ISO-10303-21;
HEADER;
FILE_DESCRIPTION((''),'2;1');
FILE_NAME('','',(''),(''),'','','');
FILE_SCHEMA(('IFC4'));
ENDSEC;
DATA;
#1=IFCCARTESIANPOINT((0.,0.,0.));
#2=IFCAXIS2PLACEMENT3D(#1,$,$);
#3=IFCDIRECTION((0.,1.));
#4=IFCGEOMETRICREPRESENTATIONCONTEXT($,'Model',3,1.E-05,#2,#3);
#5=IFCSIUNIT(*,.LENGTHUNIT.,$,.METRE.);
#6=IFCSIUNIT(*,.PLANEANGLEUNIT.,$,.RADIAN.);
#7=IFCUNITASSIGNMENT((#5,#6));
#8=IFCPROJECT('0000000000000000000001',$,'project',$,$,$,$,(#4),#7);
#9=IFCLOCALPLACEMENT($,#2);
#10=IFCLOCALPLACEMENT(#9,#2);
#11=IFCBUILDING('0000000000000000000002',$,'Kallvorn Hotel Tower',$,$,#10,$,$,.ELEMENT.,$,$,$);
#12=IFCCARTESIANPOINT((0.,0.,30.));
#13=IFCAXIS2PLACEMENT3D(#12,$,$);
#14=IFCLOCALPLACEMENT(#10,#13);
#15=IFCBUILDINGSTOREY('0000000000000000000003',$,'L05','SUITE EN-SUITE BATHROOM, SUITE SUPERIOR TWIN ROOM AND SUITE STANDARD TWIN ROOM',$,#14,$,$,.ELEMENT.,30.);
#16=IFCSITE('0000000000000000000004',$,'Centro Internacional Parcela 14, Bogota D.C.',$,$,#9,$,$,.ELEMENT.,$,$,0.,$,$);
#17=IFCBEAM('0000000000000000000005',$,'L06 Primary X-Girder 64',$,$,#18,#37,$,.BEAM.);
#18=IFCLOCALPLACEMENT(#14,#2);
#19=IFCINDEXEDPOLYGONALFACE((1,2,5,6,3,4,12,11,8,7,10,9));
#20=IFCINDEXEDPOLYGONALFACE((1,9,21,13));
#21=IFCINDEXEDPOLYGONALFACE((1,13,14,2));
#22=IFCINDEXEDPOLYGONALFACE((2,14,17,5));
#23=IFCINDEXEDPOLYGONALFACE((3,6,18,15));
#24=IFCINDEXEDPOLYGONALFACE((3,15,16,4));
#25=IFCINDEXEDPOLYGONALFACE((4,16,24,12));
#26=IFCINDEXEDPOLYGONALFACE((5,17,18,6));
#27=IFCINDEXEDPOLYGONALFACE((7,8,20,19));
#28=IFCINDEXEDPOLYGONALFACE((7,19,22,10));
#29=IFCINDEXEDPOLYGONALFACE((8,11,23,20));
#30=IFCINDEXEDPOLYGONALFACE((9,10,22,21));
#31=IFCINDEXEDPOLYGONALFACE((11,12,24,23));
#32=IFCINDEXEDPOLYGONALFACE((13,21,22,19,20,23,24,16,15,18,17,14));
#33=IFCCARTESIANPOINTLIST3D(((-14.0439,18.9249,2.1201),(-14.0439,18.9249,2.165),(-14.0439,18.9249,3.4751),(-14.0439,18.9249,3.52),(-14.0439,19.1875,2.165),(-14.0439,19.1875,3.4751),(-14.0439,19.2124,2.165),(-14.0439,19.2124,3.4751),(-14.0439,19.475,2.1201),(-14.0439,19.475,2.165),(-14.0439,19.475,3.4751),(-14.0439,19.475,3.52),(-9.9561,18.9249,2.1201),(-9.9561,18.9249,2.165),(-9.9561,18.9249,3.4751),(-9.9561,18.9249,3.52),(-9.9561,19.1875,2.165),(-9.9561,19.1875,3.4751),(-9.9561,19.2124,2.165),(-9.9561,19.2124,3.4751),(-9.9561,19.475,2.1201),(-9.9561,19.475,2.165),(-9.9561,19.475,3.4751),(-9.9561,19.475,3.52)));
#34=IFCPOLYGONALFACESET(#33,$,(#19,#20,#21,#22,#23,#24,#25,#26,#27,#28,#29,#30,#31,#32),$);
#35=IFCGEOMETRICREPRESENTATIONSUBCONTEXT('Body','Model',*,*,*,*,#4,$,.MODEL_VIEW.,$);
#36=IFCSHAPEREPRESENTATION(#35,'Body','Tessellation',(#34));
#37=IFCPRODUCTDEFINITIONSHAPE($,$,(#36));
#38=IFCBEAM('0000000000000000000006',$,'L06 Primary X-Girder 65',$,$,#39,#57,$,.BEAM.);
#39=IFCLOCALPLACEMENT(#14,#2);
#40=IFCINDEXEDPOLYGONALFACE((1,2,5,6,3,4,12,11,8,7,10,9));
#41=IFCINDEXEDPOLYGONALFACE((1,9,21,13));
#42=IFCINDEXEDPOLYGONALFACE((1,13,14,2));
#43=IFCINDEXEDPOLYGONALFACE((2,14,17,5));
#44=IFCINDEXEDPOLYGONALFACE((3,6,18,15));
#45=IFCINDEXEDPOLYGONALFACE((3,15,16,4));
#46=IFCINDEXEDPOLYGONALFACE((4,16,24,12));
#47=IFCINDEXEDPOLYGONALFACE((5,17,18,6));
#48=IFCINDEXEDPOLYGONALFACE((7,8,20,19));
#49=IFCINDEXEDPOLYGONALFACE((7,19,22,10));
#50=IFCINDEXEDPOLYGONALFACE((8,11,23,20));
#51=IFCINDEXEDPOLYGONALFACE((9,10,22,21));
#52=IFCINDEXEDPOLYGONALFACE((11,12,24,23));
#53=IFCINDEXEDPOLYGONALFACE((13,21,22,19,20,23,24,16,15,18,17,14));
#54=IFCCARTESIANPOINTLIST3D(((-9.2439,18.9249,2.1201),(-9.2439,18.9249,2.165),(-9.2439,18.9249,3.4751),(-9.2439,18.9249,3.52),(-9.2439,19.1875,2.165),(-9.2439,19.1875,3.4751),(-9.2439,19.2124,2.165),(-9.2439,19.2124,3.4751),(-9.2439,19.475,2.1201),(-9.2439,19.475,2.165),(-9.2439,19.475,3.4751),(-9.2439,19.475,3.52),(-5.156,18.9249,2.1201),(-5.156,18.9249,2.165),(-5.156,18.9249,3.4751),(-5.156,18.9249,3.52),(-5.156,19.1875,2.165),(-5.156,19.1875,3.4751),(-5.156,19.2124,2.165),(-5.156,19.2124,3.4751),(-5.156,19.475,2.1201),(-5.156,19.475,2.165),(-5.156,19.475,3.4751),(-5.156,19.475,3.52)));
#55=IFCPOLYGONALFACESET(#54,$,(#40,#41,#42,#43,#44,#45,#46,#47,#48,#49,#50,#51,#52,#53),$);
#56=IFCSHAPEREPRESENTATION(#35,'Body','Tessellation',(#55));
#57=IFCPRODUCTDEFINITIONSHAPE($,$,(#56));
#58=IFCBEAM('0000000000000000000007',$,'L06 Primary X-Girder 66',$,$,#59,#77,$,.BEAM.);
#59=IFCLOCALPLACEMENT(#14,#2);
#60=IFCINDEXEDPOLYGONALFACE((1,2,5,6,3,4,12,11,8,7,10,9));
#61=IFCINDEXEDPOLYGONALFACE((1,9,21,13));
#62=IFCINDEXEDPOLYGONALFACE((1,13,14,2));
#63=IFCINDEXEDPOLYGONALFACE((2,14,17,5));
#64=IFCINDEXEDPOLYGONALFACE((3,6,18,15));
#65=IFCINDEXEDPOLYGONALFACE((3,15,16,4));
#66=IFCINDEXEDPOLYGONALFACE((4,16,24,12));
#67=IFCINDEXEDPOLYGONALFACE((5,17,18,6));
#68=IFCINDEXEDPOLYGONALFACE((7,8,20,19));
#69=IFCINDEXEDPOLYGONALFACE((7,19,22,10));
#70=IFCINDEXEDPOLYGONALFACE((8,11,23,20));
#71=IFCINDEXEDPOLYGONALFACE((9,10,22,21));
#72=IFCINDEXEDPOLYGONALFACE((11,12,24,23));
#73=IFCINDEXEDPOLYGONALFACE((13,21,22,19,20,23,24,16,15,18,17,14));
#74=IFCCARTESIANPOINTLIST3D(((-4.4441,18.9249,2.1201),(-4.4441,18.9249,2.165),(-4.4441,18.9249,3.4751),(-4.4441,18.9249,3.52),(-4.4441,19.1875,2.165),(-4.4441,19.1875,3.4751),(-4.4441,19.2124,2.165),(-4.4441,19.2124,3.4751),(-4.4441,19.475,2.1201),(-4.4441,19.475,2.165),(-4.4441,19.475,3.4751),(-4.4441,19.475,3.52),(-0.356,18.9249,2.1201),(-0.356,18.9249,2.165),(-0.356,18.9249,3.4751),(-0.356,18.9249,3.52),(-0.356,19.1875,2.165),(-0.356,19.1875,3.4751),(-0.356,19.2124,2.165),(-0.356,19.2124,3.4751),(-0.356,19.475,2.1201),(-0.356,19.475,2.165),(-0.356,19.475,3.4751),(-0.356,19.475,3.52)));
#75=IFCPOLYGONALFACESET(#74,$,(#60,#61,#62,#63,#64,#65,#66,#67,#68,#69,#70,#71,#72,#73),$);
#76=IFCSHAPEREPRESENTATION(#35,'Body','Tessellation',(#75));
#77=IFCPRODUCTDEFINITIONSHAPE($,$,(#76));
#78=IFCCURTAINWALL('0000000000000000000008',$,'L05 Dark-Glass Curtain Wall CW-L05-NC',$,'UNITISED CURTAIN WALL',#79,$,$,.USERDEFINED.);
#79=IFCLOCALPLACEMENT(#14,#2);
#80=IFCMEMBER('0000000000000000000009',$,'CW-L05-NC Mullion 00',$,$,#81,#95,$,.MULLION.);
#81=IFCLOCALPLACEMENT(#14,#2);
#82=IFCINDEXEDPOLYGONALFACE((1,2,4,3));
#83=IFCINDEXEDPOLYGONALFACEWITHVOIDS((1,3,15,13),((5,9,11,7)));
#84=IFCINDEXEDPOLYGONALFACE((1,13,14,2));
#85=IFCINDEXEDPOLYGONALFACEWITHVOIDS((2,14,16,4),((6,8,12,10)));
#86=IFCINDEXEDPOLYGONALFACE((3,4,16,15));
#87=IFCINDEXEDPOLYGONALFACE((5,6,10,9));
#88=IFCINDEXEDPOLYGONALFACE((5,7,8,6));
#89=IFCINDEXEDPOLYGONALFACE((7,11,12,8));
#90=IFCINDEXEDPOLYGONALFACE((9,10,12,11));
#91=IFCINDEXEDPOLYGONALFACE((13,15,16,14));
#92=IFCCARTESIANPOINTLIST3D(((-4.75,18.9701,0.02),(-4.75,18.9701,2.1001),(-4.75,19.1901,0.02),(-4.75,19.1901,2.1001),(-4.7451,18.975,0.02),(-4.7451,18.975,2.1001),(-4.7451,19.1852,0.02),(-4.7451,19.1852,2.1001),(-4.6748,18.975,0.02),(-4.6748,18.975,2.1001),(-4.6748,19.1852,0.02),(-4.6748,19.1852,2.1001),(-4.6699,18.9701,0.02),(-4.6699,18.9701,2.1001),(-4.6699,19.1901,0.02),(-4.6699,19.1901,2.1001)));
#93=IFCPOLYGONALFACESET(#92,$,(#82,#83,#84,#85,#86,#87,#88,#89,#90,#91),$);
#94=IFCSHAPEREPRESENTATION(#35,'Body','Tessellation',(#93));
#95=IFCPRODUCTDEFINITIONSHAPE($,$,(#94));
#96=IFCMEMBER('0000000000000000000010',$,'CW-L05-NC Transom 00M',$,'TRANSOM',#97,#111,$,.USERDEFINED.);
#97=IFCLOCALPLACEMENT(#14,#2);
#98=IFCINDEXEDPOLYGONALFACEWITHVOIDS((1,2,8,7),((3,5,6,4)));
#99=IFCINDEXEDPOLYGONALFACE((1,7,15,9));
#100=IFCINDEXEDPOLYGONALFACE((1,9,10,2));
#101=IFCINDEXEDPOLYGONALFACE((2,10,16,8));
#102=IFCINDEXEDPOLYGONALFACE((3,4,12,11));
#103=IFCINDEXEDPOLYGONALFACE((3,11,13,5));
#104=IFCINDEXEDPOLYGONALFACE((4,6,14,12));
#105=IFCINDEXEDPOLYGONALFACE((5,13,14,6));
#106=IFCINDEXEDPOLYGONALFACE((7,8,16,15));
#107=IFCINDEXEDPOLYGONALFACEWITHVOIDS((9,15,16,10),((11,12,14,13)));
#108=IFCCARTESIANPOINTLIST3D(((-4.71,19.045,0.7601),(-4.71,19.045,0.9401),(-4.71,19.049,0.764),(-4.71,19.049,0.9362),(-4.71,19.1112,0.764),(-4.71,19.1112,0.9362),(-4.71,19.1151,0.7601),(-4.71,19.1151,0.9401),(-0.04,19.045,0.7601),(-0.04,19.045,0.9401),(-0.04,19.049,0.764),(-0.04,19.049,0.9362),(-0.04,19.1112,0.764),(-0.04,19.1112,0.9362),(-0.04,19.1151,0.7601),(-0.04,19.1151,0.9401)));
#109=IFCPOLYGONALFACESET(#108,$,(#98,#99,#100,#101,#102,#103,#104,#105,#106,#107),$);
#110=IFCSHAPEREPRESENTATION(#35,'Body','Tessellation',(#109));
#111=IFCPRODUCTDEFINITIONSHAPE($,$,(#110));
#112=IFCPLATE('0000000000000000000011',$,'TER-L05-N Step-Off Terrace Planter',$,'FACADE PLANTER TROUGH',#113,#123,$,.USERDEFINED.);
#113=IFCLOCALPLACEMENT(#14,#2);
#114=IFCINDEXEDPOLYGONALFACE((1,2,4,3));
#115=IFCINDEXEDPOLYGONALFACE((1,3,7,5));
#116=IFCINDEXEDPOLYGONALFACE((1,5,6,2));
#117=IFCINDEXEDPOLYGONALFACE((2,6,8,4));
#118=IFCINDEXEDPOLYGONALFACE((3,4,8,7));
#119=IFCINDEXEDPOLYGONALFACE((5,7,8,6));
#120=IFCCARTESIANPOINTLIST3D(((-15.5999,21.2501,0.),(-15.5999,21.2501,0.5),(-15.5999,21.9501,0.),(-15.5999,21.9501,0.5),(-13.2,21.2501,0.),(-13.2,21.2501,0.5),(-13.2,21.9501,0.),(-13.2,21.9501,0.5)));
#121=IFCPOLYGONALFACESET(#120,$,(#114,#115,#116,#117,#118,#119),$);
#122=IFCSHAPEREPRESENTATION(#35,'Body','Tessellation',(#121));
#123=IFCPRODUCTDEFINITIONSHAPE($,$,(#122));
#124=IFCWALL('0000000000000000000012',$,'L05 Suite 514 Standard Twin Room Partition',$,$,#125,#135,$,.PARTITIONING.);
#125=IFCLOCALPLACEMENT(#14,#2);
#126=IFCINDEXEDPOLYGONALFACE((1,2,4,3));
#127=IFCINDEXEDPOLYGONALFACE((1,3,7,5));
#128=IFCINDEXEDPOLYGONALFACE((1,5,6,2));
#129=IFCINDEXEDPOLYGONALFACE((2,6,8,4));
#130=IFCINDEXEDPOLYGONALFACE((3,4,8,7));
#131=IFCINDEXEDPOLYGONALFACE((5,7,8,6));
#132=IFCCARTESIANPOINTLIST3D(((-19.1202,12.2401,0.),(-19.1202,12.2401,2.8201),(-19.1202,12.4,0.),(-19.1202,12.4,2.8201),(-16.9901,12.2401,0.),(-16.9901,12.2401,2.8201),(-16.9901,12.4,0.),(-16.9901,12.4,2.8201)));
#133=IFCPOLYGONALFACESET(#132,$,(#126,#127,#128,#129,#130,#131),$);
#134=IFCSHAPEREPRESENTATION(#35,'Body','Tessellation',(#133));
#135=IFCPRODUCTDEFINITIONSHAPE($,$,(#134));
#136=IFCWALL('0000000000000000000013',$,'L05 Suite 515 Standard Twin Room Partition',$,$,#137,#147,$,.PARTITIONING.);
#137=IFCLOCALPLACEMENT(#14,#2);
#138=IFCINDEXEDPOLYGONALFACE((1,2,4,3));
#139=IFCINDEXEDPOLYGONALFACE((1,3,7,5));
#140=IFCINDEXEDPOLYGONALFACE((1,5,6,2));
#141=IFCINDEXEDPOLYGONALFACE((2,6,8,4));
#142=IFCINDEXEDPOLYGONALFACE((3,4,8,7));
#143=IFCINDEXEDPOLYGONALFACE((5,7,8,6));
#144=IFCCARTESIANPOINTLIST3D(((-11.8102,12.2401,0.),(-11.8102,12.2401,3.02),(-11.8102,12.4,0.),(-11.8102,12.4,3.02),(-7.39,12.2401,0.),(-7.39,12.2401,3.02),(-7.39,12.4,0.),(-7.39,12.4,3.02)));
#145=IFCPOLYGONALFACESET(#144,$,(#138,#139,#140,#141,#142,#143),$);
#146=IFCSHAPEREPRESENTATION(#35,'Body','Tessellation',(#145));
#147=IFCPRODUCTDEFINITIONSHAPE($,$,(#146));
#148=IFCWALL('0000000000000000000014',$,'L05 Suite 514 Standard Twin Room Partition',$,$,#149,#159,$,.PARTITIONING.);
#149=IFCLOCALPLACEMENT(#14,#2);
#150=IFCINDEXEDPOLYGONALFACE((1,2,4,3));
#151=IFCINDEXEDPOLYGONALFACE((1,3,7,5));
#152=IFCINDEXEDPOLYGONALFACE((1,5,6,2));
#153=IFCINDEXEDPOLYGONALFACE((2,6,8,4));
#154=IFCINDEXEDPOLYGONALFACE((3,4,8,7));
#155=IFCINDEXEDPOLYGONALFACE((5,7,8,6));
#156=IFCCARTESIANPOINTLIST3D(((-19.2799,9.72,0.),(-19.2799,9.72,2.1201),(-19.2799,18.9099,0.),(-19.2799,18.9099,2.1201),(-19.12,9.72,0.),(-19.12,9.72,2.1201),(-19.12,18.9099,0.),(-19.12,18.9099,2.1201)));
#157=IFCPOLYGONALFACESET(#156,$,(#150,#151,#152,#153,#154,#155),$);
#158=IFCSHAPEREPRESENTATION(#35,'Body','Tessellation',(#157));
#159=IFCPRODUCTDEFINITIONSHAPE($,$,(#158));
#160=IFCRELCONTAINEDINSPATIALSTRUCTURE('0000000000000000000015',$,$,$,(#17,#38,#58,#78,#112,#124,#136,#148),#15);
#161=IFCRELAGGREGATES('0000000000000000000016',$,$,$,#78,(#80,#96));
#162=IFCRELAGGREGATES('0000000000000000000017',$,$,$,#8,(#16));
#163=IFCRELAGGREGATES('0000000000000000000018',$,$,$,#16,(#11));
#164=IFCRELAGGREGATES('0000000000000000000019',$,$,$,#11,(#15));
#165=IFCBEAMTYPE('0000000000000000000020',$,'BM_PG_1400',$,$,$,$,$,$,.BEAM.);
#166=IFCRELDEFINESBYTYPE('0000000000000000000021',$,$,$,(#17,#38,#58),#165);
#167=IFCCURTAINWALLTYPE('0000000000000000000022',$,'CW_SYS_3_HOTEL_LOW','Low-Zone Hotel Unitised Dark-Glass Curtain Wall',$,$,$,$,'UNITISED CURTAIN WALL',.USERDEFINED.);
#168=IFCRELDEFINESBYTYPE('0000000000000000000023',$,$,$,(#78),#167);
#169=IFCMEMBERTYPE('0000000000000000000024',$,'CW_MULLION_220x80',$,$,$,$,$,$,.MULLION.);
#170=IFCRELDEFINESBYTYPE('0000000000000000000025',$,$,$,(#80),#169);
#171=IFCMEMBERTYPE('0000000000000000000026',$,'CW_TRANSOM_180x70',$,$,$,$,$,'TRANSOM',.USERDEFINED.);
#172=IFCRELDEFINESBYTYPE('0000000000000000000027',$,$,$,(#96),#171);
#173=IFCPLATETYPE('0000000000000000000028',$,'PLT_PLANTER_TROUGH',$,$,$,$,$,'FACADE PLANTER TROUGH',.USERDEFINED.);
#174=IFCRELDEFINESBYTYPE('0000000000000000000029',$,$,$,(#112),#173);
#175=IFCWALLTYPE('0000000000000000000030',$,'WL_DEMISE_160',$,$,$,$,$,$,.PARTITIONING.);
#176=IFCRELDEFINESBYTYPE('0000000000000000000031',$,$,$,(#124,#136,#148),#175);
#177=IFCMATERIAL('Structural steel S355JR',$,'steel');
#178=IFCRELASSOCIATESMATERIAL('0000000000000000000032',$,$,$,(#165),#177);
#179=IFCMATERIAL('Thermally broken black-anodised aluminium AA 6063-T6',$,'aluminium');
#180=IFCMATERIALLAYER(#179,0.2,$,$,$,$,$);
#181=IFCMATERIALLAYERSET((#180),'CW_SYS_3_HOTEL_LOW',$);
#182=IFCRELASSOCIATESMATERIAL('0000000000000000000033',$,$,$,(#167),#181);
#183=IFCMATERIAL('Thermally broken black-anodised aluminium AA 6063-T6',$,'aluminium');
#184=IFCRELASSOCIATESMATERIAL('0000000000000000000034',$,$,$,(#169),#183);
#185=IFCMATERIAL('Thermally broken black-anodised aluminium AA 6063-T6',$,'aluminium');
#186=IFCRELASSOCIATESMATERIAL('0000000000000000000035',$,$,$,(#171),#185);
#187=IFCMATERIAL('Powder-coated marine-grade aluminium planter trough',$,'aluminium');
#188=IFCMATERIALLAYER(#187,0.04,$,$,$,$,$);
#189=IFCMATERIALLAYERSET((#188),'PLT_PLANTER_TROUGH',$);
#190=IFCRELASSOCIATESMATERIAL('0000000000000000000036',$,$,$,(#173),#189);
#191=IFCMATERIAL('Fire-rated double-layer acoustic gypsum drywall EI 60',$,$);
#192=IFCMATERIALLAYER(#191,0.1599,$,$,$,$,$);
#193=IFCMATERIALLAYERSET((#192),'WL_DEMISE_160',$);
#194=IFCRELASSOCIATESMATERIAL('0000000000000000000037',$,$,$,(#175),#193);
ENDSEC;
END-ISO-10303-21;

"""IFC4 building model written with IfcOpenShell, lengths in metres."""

from ifc_helpers import new_model, si_unit, direction, frame, frame_2d, origin, origin_2d, place, context, subcontext, project, spatial, rectangle, hollow_rectangle, i_section, extrude, material, layer, layer_set, material_profile, profile_set, type_object, element, aggregate, save


model = new_model("IFC4")

# Units and contexts
model_context = context("Model", 3, precision=1e-05, world=origin(), true_north=direction((0.0, 1.0)))
body_context = subcontext(model_context, "Body", "Model", "MODEL_VIEW")
ifc_project = project(units=[si_unit("LENGTHUNIT", "METRE"), si_unit("PLANEANGLEUNIT", "RADIAN")], contexts=[model_context])

# Site, building, storey
site_placement = place(None, origin())
site = spatial("IfcSite", under=ifc_project, at=site_placement, Name="Centro Internacional Parcela 14, Bogota D.C.", CompositionType="ELEMENT", RefElevation=0.0)
building_placement = place(site_placement, origin())
building = spatial("IfcBuilding", under=site, at=building_placement, Name="Kallvorn Hotel Tower", CompositionType="ELEMENT")
storey_placement = place(building_placement, frame((0.0, 0.0, 30.0)))
storey = spatial("IfcBuildingStorey", under=building, at=storey_placement, Name="L05", Description="SUITE EN-SUITE BATHROOM, SUITE SUPERIOR TWIN ROOM AND SUITE STANDARD TWIN ROOM", CompositionType="ELEMENT", Elevation=30.0)

# Beams
ifc_material_1 = material(Name="Structural steel S355JR", Category="steel")
ifc_material_profile_1 = material_profile(ifc_material_1, i_section(OverallWidth=0.55, OverallDepth=1.3999, WebThickness=0.0249, FlangeThickness=0.0449, at=origin_2d()), Name="PG 1400x550x25x45")
ifc_profile_set_1 = profile_set([ifc_material_profile_1], Name="Structural steel S355JR")
beam_type_1 = type_object("IfcBeamType", Name="BM_PG_1400", PredefinedType="BEAM", material=ifc_profile_set_1)
for number, where, z_axis, x_axis, name in (
    (1, (-14.0439, 19.2, 2.8201), (1.0, 0.0, 0.0), (0.0, 1.0, 0.0), "L06 Primary X-Girder 64"),
    (2, (-9.2439, 19.2, 2.8201), (1.0, 0.0, 0.0), (0.0, 1.0, 0.0), "L06 Primary X-Girder 65"),
):
    element("IfcBeam", number, at=place(storey_placement, frame(where, z_axis=z_axis, x_axis=x_axis)), inside=storey, type_object=beam_type_1, Name=name, PredefinedType="BEAM", context=body_context, shape_type="SweptSolid", body=[
        extrude(i_section(OverallWidth=0.55, OverallDepth=1.3999, WebThickness=0.0249, FlangeThickness=0.0449, at=origin_2d()), origin(), (0.0, 0.0, 1.0), 4.0879),
    ])
beam_1_placement = place(storey_placement, frame((-4.4441, 19.2, 2.8201), z_axis=(1.0, 0.0, 0.0), x_axis=(0.0, 1.0, 0.0)))
element("IfcBeam", 3, at=beam_1_placement, inside=storey, type_object=beam_type_1, Name="L06 Primary X-Girder 66", PredefinedType="BEAM", context=body_context, shape_type="SweptSolid", body=[
    extrude(i_section(OverallWidth=0.55, OverallDepth=1.3999, WebThickness=0.0249, FlangeThickness=0.0449, at=origin_2d()), origin(), (0.0, 0.0, 1.0), 4.0881),
])

# Curtain wall, members
ifc_material_2 = material(Name="Thermally broken black-anodised aluminium AA 6063-T6", Category="aluminium")
ifc_layer_1 = layer(ifc_material_2, 0.2)
ifc_layer_set_1 = layer_set([ifc_layer_1], Name="CW_SYS_3_HOTEL_LOW")
curtain_wall_type = type_object("IfcCurtainWallType", Name="CW_SYS_3_HOTEL_LOW", Description="Low-Zone Hotel Unitised Dark-Glass Curtain Wall", ElementType="UNITISED CURTAIN WALL", PredefinedType="USERDEFINED", material=ifc_layer_set_1)
curtain_wall_placement = place(storey_placement, origin())
curtain_wall = element("IfcCurtainWall", 4, at=curtain_wall_placement, inside=storey, type_object=curtain_wall_type, Name="L05 Dark-Glass Curtain Wall CW-L05-NC", ObjectType="UNITISED CURTAIN WALL", PredefinedType="USERDEFINED")
ifc_material_3 = material(Name="Thermally broken black-anodised aluminium AA 6063-T6", Category="aluminium")
ifc_material_profile_2 = material_profile(ifc_material_3, hollow_rectangle(XDim=0.0801, YDim=0.22, WallThickness=0.0049, at=origin_2d()), Name="MUL 220x80")
ifc_profile_set_2 = profile_set([ifc_material_profile_2], Name="Thermally broken black-anodised aluminium AA 6063-T6")
member_type_1 = type_object("IfcMemberType", Name="CW_MULLION_220x80", PredefinedType="MULLION", material=ifc_profile_set_2)
member_1_placement = place(storey_placement, frame((-4.71, 19.0801, 0.02), z_axis=(0.0, 0.0, 1.0), x_axis=(1.0, 0.0, 0.0)))
member_1 = element("IfcMember", 5, at=member_1_placement, type_object=member_type_1, Name="CW-L05-NC Mullion 00", PredefinedType="MULLION", context=body_context, shape_type="SweptSolid", body=[
    extrude(hollow_rectangle(XDim=0.0801, YDim=0.22, WallThickness=0.0049, at=origin_2d()), origin(), (0.0, 0.0, 1.0), 2.0801),
])
ifc_material_4 = material(Name="Thermally broken black-anodised aluminium AA 6063-T6", Category="aluminium")
ifc_material_profile_3 = material_profile(ifc_material_4, hollow_rectangle(XDim=0.0701, YDim=0.1799, WallThickness=0.0039, at=origin_2d()), Name="TRN 180x70")
ifc_profile_set_3 = profile_set([ifc_material_profile_3], Name="Thermally broken black-anodised aluminium AA 6063-T6")
member_type_2 = type_object("IfcMemberType", Name="CW_TRANSOM_180x70", ElementType="TRANSOM", PredefinedType="USERDEFINED", material=ifc_profile_set_3)
member_2_placement = place(storey_placement, frame((-4.71, 19.0801, 0.8501), z_axis=(1.0, 0.0, 0.0), x_axis=(0.0, 1.0, 0.0)))
member_2 = element("IfcMember", 6, at=member_2_placement, type_object=member_type_2, Name="CW-L05-NC Transom 00M", ObjectType="TRANSOM", PredefinedType="USERDEFINED", context=body_context, shape_type="SweptSolid", body=[
    extrude(hollow_rectangle(XDim=0.0701, YDim=0.1799, WallThickness=0.0039, at=origin_2d()), origin(), (0.0, 0.0, 1.0), 4.6699),
])
aggregate(curtain_wall, [member_1, member_2])

# Plate
ifc_material_5 = material(Name="Powder-coated marine-grade aluminium planter trough", Category="aluminium")
ifc_layer_2 = layer(ifc_material_5, 0.04)
ifc_layer_set_2 = layer_set([ifc_layer_2], Name="PLT_PLANTER_TROUGH")
plate_type = type_object("IfcPlateType", Name="PLT_PLANTER_TROUGH", ElementType="FACADE PLANTER TROUGH", PredefinedType="USERDEFINED", material=ifc_layer_set_2)
plate_placement = place(storey_placement, frame((-14.3999, 21.6001, 0.0), z_axis=(0.0, 0.0, 1.0), x_axis=(1.0, 0.0, 0.0)))
element("IfcPlate", 7, at=plate_placement, inside=storey, type_object=plate_type, Name="TER-L05-N Step-Off Terrace Planter", ObjectType="FACADE PLANTER TROUGH", PredefinedType="USERDEFINED", context=body_context, shape_type="SweptSolid", body=[
    extrude(rectangle(XDim=2.3999, YDim=0.7, at=origin_2d()), origin(), (0.0, 0.0, 1.0), 0.5),
])

# Walls
ifc_material_6 = material(Name="Fire-rated double-layer acoustic gypsum drywall EI 60")
ifc_layer_3 = layer(ifc_material_6, 0.1599)
ifc_layer_set_3 = layer_set([ifc_layer_3], Name="WL_DEMISE_160")
wall_type_1 = type_object("IfcWallType", Name="WL_DEMISE_160", PredefinedType="PARTITIONING", material=ifc_layer_set_3)
wall_1_placement = place(storey_placement, frame((-19.1201, 12.3201, 0.0), z_axis=(0.0, 0.0, 1.0), x_axis=(1.0, 0.0, 0.0)))
element("IfcWall", 8, at=wall_1_placement, inside=storey, type_object=wall_type_1, Name="L05 Suite 514 Standard Twin Room Partition", PredefinedType="PARTITIONING", context=body_context, shape_type="SweptSolid", body=[
    extrude(rectangle(XDim=2.1301, YDim=0.1599, at=frame_2d((1.0649, 0.0))), origin(), (0.0, 0.0, 1.0), 2.8201),
])
wall_2_placement = place(storey_placement, frame((-11.8101, 12.3201, 0.0), z_axis=(0.0, 0.0, 1.0), x_axis=(1.0, 0.0, 0.0)))
element("IfcWall", 9, at=wall_2_placement, inside=storey, type_object=wall_type_1, Name="L05 Suite 515 Standard Twin Room Partition", PredefinedType="PARTITIONING", context=body_context, shape_type="SweptSolid", body=[
    extrude(rectangle(XDim=4.4202, YDim=0.1599, at=frame_2d((2.21, 0.0))), origin(), (0.0, 0.0, 1.0), 3.02),
])
wall_3_placement = place(storey_placement, frame((-19.2, 9.72, 0.0), z_axis=(0.0, 0.0, 1.0), x_axis=(0.0, 1.0, 0.0)))
element("IfcWall", 10, at=wall_3_placement, inside=storey, type_object=wall_type_1, Name="L05 Suite 514 Standard Twin Room Partition", PredefinedType="PARTITIONING", context=body_context, shape_type="SweptSolid", body=[
    extrude(rectangle(XDim=9.1899, YDim=0.1599, at=frame_2d((4.595, 0.0))), origin(), (0.0, 0.0, 1.0), 2.1201),
])

save(model, "model.ifc")
